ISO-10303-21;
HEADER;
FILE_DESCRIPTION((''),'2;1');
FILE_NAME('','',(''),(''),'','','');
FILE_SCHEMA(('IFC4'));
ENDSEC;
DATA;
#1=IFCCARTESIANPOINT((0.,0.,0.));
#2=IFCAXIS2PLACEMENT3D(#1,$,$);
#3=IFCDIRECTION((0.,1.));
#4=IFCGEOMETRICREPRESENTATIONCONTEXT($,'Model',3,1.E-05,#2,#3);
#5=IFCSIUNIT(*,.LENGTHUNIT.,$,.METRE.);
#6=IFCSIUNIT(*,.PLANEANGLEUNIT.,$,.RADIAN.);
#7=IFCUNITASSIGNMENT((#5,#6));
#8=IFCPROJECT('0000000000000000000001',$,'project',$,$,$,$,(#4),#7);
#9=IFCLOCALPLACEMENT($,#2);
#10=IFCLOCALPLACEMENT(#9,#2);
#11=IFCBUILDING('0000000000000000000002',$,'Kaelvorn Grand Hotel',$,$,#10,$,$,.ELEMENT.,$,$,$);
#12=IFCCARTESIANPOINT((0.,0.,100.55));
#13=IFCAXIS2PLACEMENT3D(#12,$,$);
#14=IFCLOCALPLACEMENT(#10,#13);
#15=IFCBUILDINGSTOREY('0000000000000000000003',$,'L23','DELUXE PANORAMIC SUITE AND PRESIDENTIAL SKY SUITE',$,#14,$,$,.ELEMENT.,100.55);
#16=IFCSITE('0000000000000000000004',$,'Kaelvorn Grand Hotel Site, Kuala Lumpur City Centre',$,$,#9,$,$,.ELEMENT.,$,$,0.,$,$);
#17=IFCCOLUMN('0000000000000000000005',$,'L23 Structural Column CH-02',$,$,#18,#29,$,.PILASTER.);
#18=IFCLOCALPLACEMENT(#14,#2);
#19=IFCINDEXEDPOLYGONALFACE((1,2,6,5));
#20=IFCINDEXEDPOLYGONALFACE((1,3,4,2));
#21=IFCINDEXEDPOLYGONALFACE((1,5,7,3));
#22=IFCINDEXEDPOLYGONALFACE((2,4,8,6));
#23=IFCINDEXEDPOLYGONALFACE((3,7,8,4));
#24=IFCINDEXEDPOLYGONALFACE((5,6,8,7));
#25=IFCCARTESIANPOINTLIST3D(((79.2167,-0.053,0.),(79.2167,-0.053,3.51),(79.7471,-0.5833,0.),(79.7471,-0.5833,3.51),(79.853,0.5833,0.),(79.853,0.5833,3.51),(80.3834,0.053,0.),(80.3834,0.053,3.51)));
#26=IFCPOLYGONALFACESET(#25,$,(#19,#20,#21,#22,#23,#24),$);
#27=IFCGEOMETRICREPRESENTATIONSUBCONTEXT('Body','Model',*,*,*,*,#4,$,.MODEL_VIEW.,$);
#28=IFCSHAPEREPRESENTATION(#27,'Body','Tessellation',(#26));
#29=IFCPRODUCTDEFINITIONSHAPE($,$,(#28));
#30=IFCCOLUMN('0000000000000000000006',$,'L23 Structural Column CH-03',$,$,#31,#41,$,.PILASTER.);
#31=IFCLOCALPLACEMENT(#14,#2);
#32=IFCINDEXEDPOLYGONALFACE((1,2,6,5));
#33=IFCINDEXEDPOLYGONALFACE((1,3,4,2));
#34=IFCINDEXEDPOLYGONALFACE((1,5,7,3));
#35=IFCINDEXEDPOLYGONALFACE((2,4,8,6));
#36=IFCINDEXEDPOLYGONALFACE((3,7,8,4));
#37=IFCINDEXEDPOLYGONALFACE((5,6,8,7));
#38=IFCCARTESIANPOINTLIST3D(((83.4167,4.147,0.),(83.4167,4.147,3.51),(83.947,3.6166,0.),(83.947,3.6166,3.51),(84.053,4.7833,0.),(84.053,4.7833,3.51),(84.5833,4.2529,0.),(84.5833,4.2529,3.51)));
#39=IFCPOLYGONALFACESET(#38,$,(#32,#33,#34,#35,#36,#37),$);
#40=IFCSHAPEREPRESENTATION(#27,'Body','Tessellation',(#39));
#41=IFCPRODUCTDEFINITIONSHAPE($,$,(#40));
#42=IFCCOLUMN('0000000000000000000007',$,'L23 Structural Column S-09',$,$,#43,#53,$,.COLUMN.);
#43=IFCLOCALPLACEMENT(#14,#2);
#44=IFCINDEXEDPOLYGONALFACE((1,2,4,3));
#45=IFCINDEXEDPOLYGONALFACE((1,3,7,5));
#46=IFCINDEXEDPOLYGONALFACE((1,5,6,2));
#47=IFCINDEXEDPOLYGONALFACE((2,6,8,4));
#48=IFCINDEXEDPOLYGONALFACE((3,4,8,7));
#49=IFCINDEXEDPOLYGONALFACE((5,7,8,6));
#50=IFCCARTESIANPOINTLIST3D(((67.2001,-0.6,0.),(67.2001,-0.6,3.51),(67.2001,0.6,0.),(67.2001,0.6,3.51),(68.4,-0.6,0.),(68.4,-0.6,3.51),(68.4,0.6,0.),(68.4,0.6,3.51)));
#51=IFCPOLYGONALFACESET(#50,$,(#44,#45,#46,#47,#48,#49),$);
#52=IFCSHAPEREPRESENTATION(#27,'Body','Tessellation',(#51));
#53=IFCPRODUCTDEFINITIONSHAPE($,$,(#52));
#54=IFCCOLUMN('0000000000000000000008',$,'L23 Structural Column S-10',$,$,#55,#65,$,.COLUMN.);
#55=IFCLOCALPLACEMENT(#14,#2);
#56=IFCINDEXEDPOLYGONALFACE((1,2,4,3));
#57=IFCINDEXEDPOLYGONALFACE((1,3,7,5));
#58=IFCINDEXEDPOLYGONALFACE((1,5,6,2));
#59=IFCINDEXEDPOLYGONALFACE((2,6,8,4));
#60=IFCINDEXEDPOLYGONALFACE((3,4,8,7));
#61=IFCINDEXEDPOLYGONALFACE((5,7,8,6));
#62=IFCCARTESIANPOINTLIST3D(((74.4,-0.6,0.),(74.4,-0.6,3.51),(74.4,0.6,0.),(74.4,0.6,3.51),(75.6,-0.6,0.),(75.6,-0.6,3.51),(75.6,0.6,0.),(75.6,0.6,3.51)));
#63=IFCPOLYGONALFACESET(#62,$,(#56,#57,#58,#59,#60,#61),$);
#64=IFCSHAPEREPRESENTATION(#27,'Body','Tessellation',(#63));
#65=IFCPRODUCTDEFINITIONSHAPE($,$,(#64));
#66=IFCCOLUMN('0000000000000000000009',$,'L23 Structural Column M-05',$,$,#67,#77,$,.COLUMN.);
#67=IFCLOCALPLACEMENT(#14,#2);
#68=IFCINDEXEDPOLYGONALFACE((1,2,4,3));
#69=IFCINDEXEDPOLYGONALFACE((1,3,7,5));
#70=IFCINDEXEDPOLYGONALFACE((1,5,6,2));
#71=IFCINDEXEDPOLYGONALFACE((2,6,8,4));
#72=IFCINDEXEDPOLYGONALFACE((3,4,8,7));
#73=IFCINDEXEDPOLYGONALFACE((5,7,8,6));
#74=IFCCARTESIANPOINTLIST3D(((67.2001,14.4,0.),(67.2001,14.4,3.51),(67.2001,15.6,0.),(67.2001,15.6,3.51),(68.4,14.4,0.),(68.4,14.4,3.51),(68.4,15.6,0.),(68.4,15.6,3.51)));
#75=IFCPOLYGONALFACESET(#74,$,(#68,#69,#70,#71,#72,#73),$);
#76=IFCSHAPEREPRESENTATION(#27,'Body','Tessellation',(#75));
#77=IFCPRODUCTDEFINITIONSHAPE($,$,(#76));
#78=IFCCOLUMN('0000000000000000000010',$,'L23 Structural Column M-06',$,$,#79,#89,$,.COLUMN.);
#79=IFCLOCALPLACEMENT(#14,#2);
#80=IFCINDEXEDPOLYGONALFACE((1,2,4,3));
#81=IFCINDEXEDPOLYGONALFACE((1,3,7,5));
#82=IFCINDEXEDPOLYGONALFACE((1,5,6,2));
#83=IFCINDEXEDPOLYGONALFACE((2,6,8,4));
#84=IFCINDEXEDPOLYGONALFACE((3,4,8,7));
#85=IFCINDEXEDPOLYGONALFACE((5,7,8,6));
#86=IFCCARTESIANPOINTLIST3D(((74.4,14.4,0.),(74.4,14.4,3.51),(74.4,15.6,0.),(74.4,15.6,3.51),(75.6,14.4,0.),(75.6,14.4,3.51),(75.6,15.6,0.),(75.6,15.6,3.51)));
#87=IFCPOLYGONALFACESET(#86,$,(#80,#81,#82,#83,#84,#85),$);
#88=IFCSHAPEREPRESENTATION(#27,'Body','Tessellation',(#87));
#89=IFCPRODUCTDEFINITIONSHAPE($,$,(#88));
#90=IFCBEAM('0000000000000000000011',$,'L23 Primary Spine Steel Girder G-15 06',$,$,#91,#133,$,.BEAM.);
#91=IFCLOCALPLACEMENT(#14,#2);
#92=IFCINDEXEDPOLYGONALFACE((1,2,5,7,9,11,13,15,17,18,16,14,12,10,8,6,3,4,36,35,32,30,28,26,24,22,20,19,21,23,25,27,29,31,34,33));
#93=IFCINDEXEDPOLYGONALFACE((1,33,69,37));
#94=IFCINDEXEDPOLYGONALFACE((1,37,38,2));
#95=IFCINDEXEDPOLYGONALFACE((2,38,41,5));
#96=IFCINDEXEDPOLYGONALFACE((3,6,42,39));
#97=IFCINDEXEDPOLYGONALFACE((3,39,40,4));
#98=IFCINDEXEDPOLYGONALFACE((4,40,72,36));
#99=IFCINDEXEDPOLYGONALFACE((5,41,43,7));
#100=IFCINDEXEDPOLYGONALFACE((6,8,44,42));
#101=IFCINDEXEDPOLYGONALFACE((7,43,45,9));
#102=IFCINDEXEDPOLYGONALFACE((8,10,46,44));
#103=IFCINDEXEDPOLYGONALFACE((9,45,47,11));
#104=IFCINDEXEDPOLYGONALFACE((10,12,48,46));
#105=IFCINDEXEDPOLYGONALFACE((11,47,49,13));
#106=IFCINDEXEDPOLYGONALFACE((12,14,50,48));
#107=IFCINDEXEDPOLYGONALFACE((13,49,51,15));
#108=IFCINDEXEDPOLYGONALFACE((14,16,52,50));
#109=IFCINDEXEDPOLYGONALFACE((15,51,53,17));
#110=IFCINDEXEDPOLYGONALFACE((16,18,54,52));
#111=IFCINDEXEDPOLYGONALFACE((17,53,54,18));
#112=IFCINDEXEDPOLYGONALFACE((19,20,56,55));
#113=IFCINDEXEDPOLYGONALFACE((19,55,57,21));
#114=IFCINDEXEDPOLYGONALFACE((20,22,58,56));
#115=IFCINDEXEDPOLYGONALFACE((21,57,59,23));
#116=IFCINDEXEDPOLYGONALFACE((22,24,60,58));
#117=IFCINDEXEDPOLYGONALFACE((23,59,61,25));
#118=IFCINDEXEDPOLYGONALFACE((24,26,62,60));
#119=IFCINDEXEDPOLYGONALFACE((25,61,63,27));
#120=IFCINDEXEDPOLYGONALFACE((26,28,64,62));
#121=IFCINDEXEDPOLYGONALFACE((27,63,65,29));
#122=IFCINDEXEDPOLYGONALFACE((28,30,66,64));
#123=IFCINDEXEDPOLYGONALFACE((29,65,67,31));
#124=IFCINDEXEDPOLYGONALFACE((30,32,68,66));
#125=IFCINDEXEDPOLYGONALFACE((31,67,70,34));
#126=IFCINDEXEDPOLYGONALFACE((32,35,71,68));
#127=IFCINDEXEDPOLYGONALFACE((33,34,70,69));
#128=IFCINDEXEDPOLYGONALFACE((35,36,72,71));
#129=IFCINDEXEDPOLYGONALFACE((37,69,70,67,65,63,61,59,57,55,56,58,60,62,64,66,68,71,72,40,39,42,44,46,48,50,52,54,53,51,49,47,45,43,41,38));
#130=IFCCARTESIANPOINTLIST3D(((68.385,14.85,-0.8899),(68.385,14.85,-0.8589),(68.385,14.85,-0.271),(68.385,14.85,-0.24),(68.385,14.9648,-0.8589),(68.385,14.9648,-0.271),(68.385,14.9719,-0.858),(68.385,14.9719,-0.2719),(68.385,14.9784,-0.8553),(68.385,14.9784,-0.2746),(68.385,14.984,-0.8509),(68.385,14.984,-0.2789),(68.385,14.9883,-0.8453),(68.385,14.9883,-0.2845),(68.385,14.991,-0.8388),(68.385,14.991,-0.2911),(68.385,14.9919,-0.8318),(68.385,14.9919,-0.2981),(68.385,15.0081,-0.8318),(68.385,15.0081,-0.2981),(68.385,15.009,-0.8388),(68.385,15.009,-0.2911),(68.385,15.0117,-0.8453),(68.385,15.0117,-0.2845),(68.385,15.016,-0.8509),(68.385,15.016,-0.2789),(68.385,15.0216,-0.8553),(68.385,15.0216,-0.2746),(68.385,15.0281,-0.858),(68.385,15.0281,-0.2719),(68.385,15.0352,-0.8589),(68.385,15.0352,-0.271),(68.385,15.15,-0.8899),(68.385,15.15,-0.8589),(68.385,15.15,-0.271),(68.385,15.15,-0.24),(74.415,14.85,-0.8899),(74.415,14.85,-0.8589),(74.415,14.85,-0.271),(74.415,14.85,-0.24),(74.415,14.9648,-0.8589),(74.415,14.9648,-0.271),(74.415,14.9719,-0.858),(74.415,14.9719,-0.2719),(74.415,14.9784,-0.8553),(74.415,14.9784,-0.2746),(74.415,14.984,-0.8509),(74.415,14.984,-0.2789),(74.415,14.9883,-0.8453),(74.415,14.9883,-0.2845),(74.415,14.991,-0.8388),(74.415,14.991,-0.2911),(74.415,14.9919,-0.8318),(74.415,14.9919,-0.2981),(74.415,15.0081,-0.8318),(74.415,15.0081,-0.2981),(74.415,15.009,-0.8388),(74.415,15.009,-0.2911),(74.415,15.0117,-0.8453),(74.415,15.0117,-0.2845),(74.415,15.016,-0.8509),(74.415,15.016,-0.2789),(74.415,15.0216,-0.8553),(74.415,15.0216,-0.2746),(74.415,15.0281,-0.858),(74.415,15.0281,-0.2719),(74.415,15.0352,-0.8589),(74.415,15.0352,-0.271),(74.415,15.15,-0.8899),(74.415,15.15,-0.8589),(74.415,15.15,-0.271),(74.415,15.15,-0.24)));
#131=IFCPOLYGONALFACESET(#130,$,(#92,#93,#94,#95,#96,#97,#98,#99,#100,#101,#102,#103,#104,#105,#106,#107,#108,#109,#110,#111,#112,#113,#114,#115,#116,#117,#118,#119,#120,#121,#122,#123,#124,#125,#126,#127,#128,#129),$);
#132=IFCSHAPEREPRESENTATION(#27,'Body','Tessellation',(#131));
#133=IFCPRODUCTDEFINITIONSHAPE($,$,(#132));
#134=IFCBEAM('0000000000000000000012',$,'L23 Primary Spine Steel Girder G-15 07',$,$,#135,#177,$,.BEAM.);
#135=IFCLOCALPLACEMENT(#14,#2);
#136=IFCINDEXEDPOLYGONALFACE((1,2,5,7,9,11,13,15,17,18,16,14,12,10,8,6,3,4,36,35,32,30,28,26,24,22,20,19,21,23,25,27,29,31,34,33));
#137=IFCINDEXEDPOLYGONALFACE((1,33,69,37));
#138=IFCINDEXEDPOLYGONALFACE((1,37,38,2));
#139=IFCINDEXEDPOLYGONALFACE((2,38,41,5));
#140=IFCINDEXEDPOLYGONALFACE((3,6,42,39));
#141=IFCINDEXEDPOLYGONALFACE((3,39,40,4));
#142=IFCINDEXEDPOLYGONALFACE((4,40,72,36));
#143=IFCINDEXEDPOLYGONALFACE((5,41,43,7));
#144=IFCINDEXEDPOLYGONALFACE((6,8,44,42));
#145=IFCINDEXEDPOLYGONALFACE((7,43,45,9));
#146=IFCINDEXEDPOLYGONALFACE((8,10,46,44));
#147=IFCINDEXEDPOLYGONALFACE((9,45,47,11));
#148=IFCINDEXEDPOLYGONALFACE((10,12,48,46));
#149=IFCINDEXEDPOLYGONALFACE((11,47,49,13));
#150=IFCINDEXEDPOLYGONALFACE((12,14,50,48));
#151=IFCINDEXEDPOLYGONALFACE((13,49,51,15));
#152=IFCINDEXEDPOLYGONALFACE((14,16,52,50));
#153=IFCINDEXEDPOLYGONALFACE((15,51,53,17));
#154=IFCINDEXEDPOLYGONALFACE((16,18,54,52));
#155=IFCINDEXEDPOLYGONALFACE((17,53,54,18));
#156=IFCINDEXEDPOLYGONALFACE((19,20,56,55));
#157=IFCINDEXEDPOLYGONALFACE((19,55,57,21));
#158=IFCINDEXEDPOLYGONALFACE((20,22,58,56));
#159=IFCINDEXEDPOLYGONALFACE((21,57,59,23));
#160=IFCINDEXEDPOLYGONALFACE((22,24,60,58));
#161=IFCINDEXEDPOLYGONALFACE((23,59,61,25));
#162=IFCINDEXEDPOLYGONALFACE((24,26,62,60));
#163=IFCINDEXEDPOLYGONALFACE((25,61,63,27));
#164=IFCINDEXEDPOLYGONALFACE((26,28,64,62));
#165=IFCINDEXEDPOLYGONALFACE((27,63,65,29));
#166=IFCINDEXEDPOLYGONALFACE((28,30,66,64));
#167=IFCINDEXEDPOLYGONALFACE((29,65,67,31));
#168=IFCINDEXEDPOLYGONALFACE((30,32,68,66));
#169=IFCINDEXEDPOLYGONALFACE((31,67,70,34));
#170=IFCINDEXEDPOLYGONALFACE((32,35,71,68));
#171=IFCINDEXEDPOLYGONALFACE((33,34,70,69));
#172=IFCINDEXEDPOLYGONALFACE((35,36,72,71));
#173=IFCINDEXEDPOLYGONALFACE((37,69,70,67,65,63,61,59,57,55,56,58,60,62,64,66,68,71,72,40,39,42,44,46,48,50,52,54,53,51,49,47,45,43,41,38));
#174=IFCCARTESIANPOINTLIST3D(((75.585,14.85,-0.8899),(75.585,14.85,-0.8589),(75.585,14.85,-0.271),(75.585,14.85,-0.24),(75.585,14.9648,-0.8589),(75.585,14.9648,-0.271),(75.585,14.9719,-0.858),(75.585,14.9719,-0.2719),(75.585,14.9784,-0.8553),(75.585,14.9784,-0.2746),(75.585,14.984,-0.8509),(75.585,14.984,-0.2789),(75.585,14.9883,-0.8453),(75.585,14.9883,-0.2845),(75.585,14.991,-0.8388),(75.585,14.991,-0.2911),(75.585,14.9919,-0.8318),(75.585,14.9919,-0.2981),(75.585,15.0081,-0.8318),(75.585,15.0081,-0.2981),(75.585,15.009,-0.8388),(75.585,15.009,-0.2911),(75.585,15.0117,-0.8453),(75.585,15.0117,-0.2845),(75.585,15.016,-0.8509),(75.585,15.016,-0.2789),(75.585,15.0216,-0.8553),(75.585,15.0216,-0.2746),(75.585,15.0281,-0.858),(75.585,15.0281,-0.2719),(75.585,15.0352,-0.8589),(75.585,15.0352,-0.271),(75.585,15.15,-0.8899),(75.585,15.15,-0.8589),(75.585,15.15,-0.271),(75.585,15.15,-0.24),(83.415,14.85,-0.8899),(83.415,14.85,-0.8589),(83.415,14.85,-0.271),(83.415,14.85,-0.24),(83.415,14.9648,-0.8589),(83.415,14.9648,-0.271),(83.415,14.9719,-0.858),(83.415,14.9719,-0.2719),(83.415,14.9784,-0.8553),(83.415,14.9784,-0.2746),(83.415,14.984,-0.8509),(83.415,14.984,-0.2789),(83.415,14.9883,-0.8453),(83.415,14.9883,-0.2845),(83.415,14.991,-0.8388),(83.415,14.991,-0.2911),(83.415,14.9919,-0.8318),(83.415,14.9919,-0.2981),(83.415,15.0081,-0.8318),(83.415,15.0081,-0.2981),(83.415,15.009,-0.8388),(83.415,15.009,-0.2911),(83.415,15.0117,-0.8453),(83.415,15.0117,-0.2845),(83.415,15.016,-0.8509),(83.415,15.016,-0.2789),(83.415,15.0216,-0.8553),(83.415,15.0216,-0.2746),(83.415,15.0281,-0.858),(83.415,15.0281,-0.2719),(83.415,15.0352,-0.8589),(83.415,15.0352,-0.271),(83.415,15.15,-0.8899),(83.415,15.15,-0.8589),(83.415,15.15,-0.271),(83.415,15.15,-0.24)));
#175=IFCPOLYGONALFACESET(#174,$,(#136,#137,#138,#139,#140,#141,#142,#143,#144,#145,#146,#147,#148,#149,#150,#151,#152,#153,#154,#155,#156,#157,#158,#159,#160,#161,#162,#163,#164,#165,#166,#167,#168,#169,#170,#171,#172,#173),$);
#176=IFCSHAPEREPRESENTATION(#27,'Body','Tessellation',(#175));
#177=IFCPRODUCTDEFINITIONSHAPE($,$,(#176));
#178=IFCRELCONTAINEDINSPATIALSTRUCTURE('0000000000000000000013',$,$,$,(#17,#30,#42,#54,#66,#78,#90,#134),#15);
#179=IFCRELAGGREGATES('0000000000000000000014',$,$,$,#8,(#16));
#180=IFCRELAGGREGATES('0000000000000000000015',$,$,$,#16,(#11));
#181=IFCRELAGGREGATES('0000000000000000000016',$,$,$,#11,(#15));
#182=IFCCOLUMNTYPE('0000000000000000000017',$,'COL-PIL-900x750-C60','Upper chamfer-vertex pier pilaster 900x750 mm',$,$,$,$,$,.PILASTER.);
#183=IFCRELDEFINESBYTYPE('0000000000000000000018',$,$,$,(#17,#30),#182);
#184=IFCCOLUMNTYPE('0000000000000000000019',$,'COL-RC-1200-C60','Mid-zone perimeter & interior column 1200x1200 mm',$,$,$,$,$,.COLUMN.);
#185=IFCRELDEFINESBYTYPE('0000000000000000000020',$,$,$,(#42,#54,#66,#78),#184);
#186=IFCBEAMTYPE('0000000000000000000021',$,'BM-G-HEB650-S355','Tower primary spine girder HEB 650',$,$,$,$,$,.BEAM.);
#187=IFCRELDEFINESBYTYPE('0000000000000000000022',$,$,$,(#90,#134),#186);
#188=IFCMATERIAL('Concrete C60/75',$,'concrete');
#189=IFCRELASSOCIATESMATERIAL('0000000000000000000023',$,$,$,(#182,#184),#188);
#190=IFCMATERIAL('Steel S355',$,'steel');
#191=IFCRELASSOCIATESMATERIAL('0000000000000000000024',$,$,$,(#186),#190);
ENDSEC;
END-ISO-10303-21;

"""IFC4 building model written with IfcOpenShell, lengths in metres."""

from ifc_helpers import new_model, si_unit, direction, frame, origin, origin_2d, place, context, subcontext, project, spatial, rectangle, i_section, extrude, material, material_profile, profile_set, type_object, element, save


model = new_model("IFC4")

# Units and contexts
model_context = context("Model", 3, precision=1e-05, world=origin(), true_north=direction((0.0, 1.0)))
body_context = subcontext(model_context, "Body", "Model", "MODEL_VIEW")
ifc_project = project(units=[si_unit("LENGTHUNIT", "METRE"), si_unit("PLANEANGLEUNIT", "RADIAN")], contexts=[model_context])

# Site, building, storey
site_placement = place(None, origin())
site = spatial("IfcSite", under=ifc_project, at=site_placement, Name="Kaelvorn Grand Hotel Site, Kuala Lumpur City Centre", CompositionType="ELEMENT", RefElevation=0.0)
building_placement = place(site_placement, origin())
building = spatial("IfcBuilding", under=site, at=building_placement, Name="Kaelvorn Grand Hotel", CompositionType="ELEMENT")
storey_placement = place(building_placement, frame((0.0, 0.0, 100.55)))
storey = spatial("IfcBuildingStorey", under=building, at=storey_placement, Name="L23", Description="DELUXE PANORAMIC SUITE AND PRESIDENTIAL SKY SUITE", CompositionType="ELEMENT", Elevation=100.55)

# Columns
ifc_material_1 = material(Name="Concrete C60/75", Category="concrete")
ifc_material_profile_1 = material_profile(ifc_material_1, rectangle(XDim=0.8999, YDim=0.75, at=origin_2d()), Name="RC PILASTER 900x750")
ifc_profile_set_1 = profile_set([ifc_material_profile_1], Name="Concrete C60/75")
column_type_1 = type_object("IfcColumnType", Name="COL-PIL-900x750-C60", Description="Upper chamfer-vertex pier pilaster 900x750 mm", PredefinedType="PILASTER", material=ifc_profile_set_1)
for number, where, z_axis, x_axis, name in (
    (1, (79.8, 0.0, 0.0), (0.0, 0.0, 1.0), (0.707107, 0.707107, 0.0), "L23 Structural Column CH-02"),
    (2, (84.0, 4.2, 0.0), (0.0, 0.0, 1.0), (0.707107, 0.707107, 0.0), "L23 Structural Column CH-03"),
):
    element("IfcColumn", number, at=place(storey_placement, frame(where, z_axis=z_axis, x_axis=x_axis)), inside=storey, type_object=column_type_1, Name=name, PredefinedType="PILASTER", context=body_context, shape_type="SweptSolid", body=[
        extrude(rectangle(XDim=0.8999, YDim=0.75, at=origin_2d()), origin(), (0.0, 0.0, 1.0), 3.51),
    ])
ifc_material_profile_2 = material_profile(ifc_material_1, rectangle(XDim=1.2, YDim=1.2, at=origin_2d()), Name="RC COL 1200x1200")
ifc_profile_set_2 = profile_set([ifc_material_profile_2], Name="Concrete C60/75")
column_type_2 = type_object("IfcColumnType", Name="COL-RC-1200-C60", Description="Mid-zone perimeter & interior column 1200x1200 mm", PredefinedType="COLUMN", material=ifc_profile_set_2)
for number, where, z_axis, x_axis, name in (
    (3, (67.8, 0.0, 0.0), (0.0, 0.0, 1.0), (1.0, 0.0, 0.0), "L23 Structural Column S-09"),
    (4, (75.0, 0.0, 0.0), (0.0, 0.0, 1.0), (1.0, 0.0, 0.0), "L23 Structural Column S-10"),
    (5, (67.8, 15.0, 0.0), (0.0, 0.0, 1.0), (1.0, 0.0, 0.0), "L23 Structural Column M-05"),
    (6, (75.0, 15.0, 0.0), (0.0, 0.0, 1.0), (1.0, 0.0, 0.0), "L23 Structural Column M-06"),
):
    element("IfcColumn", number, at=place(storey_placement, frame(where, z_axis=z_axis, x_axis=x_axis)), inside=storey, type_object=column_type_2, Name=name, PredefinedType="COLUMN", context=body_context, shape_type="SweptSolid", body=[
        extrude(rectangle(XDim=1.2, YDim=1.2, at=origin_2d()), origin(), (0.0, 0.0, 1.0), 3.51),
    ])

# Beams
ifc_material_2 = material(Name="Steel S355", Category="steel")
ifc_material_profile_3 = material_profile(ifc_material_2, i_section(OverallWidth=0.3, OverallDepth=0.6499, WebThickness=0.0161, FlangeThickness=0.031, FilletRadius=0.0271, at=origin_2d()), Name="HEB 650")
ifc_profile_set_3 = profile_set([ifc_material_profile_3], Name="Steel S355")
beam_type_1 = type_object("IfcBeamType", Name="BM-G-HEB650-S355", Description="Tower primary spine girder HEB 650", PredefinedType="BEAM", material=ifc_profile_set_3)
beam_1_placement = place(storey_placement, frame((68.385, 15.0, -0.5649), z_axis=(1.0, 0.0, 0.0), x_axis=(0.0, 1.0, 0.0)))
element("IfcBeam", 7, at=beam_1_placement, inside=storey, type_object=beam_type_1, Name="L23 Primary Spine Steel Girder G-15 06", PredefinedType="BEAM", context=body_context, shape_type="SweptSolid", body=[
    extrude(i_section(OverallWidth=0.3, OverallDepth=0.6499, WebThickness=0.0161, FlangeThickness=0.031, FilletRadius=0.0271, at=origin_2d()), origin(), (0.0, 0.0, 1.0), 6.03),
])
beam_2_placement = place(storey_placement, frame((75.585, 15.0, -0.5649), z_axis=(1.0, 0.0, 0.0), x_axis=(0.0, 1.0, 0.0)))
element("IfcBeam", 8, at=beam_2_placement, inside=storey, type_object=beam_type_1, Name="L23 Primary Spine Steel Girder G-15 07", PredefinedType="BEAM", context=body_context, shape_type="SweptSolid", body=[
    extrude(i_section(OverallWidth=0.3, OverallDepth=0.6499, WebThickness=0.0161, FlangeThickness=0.031, FilletRadius=0.0271, at=origin_2d()), origin(), (0.0, 0.0, 1.0), 7.8301),
])

save(model, "model.ifc")
